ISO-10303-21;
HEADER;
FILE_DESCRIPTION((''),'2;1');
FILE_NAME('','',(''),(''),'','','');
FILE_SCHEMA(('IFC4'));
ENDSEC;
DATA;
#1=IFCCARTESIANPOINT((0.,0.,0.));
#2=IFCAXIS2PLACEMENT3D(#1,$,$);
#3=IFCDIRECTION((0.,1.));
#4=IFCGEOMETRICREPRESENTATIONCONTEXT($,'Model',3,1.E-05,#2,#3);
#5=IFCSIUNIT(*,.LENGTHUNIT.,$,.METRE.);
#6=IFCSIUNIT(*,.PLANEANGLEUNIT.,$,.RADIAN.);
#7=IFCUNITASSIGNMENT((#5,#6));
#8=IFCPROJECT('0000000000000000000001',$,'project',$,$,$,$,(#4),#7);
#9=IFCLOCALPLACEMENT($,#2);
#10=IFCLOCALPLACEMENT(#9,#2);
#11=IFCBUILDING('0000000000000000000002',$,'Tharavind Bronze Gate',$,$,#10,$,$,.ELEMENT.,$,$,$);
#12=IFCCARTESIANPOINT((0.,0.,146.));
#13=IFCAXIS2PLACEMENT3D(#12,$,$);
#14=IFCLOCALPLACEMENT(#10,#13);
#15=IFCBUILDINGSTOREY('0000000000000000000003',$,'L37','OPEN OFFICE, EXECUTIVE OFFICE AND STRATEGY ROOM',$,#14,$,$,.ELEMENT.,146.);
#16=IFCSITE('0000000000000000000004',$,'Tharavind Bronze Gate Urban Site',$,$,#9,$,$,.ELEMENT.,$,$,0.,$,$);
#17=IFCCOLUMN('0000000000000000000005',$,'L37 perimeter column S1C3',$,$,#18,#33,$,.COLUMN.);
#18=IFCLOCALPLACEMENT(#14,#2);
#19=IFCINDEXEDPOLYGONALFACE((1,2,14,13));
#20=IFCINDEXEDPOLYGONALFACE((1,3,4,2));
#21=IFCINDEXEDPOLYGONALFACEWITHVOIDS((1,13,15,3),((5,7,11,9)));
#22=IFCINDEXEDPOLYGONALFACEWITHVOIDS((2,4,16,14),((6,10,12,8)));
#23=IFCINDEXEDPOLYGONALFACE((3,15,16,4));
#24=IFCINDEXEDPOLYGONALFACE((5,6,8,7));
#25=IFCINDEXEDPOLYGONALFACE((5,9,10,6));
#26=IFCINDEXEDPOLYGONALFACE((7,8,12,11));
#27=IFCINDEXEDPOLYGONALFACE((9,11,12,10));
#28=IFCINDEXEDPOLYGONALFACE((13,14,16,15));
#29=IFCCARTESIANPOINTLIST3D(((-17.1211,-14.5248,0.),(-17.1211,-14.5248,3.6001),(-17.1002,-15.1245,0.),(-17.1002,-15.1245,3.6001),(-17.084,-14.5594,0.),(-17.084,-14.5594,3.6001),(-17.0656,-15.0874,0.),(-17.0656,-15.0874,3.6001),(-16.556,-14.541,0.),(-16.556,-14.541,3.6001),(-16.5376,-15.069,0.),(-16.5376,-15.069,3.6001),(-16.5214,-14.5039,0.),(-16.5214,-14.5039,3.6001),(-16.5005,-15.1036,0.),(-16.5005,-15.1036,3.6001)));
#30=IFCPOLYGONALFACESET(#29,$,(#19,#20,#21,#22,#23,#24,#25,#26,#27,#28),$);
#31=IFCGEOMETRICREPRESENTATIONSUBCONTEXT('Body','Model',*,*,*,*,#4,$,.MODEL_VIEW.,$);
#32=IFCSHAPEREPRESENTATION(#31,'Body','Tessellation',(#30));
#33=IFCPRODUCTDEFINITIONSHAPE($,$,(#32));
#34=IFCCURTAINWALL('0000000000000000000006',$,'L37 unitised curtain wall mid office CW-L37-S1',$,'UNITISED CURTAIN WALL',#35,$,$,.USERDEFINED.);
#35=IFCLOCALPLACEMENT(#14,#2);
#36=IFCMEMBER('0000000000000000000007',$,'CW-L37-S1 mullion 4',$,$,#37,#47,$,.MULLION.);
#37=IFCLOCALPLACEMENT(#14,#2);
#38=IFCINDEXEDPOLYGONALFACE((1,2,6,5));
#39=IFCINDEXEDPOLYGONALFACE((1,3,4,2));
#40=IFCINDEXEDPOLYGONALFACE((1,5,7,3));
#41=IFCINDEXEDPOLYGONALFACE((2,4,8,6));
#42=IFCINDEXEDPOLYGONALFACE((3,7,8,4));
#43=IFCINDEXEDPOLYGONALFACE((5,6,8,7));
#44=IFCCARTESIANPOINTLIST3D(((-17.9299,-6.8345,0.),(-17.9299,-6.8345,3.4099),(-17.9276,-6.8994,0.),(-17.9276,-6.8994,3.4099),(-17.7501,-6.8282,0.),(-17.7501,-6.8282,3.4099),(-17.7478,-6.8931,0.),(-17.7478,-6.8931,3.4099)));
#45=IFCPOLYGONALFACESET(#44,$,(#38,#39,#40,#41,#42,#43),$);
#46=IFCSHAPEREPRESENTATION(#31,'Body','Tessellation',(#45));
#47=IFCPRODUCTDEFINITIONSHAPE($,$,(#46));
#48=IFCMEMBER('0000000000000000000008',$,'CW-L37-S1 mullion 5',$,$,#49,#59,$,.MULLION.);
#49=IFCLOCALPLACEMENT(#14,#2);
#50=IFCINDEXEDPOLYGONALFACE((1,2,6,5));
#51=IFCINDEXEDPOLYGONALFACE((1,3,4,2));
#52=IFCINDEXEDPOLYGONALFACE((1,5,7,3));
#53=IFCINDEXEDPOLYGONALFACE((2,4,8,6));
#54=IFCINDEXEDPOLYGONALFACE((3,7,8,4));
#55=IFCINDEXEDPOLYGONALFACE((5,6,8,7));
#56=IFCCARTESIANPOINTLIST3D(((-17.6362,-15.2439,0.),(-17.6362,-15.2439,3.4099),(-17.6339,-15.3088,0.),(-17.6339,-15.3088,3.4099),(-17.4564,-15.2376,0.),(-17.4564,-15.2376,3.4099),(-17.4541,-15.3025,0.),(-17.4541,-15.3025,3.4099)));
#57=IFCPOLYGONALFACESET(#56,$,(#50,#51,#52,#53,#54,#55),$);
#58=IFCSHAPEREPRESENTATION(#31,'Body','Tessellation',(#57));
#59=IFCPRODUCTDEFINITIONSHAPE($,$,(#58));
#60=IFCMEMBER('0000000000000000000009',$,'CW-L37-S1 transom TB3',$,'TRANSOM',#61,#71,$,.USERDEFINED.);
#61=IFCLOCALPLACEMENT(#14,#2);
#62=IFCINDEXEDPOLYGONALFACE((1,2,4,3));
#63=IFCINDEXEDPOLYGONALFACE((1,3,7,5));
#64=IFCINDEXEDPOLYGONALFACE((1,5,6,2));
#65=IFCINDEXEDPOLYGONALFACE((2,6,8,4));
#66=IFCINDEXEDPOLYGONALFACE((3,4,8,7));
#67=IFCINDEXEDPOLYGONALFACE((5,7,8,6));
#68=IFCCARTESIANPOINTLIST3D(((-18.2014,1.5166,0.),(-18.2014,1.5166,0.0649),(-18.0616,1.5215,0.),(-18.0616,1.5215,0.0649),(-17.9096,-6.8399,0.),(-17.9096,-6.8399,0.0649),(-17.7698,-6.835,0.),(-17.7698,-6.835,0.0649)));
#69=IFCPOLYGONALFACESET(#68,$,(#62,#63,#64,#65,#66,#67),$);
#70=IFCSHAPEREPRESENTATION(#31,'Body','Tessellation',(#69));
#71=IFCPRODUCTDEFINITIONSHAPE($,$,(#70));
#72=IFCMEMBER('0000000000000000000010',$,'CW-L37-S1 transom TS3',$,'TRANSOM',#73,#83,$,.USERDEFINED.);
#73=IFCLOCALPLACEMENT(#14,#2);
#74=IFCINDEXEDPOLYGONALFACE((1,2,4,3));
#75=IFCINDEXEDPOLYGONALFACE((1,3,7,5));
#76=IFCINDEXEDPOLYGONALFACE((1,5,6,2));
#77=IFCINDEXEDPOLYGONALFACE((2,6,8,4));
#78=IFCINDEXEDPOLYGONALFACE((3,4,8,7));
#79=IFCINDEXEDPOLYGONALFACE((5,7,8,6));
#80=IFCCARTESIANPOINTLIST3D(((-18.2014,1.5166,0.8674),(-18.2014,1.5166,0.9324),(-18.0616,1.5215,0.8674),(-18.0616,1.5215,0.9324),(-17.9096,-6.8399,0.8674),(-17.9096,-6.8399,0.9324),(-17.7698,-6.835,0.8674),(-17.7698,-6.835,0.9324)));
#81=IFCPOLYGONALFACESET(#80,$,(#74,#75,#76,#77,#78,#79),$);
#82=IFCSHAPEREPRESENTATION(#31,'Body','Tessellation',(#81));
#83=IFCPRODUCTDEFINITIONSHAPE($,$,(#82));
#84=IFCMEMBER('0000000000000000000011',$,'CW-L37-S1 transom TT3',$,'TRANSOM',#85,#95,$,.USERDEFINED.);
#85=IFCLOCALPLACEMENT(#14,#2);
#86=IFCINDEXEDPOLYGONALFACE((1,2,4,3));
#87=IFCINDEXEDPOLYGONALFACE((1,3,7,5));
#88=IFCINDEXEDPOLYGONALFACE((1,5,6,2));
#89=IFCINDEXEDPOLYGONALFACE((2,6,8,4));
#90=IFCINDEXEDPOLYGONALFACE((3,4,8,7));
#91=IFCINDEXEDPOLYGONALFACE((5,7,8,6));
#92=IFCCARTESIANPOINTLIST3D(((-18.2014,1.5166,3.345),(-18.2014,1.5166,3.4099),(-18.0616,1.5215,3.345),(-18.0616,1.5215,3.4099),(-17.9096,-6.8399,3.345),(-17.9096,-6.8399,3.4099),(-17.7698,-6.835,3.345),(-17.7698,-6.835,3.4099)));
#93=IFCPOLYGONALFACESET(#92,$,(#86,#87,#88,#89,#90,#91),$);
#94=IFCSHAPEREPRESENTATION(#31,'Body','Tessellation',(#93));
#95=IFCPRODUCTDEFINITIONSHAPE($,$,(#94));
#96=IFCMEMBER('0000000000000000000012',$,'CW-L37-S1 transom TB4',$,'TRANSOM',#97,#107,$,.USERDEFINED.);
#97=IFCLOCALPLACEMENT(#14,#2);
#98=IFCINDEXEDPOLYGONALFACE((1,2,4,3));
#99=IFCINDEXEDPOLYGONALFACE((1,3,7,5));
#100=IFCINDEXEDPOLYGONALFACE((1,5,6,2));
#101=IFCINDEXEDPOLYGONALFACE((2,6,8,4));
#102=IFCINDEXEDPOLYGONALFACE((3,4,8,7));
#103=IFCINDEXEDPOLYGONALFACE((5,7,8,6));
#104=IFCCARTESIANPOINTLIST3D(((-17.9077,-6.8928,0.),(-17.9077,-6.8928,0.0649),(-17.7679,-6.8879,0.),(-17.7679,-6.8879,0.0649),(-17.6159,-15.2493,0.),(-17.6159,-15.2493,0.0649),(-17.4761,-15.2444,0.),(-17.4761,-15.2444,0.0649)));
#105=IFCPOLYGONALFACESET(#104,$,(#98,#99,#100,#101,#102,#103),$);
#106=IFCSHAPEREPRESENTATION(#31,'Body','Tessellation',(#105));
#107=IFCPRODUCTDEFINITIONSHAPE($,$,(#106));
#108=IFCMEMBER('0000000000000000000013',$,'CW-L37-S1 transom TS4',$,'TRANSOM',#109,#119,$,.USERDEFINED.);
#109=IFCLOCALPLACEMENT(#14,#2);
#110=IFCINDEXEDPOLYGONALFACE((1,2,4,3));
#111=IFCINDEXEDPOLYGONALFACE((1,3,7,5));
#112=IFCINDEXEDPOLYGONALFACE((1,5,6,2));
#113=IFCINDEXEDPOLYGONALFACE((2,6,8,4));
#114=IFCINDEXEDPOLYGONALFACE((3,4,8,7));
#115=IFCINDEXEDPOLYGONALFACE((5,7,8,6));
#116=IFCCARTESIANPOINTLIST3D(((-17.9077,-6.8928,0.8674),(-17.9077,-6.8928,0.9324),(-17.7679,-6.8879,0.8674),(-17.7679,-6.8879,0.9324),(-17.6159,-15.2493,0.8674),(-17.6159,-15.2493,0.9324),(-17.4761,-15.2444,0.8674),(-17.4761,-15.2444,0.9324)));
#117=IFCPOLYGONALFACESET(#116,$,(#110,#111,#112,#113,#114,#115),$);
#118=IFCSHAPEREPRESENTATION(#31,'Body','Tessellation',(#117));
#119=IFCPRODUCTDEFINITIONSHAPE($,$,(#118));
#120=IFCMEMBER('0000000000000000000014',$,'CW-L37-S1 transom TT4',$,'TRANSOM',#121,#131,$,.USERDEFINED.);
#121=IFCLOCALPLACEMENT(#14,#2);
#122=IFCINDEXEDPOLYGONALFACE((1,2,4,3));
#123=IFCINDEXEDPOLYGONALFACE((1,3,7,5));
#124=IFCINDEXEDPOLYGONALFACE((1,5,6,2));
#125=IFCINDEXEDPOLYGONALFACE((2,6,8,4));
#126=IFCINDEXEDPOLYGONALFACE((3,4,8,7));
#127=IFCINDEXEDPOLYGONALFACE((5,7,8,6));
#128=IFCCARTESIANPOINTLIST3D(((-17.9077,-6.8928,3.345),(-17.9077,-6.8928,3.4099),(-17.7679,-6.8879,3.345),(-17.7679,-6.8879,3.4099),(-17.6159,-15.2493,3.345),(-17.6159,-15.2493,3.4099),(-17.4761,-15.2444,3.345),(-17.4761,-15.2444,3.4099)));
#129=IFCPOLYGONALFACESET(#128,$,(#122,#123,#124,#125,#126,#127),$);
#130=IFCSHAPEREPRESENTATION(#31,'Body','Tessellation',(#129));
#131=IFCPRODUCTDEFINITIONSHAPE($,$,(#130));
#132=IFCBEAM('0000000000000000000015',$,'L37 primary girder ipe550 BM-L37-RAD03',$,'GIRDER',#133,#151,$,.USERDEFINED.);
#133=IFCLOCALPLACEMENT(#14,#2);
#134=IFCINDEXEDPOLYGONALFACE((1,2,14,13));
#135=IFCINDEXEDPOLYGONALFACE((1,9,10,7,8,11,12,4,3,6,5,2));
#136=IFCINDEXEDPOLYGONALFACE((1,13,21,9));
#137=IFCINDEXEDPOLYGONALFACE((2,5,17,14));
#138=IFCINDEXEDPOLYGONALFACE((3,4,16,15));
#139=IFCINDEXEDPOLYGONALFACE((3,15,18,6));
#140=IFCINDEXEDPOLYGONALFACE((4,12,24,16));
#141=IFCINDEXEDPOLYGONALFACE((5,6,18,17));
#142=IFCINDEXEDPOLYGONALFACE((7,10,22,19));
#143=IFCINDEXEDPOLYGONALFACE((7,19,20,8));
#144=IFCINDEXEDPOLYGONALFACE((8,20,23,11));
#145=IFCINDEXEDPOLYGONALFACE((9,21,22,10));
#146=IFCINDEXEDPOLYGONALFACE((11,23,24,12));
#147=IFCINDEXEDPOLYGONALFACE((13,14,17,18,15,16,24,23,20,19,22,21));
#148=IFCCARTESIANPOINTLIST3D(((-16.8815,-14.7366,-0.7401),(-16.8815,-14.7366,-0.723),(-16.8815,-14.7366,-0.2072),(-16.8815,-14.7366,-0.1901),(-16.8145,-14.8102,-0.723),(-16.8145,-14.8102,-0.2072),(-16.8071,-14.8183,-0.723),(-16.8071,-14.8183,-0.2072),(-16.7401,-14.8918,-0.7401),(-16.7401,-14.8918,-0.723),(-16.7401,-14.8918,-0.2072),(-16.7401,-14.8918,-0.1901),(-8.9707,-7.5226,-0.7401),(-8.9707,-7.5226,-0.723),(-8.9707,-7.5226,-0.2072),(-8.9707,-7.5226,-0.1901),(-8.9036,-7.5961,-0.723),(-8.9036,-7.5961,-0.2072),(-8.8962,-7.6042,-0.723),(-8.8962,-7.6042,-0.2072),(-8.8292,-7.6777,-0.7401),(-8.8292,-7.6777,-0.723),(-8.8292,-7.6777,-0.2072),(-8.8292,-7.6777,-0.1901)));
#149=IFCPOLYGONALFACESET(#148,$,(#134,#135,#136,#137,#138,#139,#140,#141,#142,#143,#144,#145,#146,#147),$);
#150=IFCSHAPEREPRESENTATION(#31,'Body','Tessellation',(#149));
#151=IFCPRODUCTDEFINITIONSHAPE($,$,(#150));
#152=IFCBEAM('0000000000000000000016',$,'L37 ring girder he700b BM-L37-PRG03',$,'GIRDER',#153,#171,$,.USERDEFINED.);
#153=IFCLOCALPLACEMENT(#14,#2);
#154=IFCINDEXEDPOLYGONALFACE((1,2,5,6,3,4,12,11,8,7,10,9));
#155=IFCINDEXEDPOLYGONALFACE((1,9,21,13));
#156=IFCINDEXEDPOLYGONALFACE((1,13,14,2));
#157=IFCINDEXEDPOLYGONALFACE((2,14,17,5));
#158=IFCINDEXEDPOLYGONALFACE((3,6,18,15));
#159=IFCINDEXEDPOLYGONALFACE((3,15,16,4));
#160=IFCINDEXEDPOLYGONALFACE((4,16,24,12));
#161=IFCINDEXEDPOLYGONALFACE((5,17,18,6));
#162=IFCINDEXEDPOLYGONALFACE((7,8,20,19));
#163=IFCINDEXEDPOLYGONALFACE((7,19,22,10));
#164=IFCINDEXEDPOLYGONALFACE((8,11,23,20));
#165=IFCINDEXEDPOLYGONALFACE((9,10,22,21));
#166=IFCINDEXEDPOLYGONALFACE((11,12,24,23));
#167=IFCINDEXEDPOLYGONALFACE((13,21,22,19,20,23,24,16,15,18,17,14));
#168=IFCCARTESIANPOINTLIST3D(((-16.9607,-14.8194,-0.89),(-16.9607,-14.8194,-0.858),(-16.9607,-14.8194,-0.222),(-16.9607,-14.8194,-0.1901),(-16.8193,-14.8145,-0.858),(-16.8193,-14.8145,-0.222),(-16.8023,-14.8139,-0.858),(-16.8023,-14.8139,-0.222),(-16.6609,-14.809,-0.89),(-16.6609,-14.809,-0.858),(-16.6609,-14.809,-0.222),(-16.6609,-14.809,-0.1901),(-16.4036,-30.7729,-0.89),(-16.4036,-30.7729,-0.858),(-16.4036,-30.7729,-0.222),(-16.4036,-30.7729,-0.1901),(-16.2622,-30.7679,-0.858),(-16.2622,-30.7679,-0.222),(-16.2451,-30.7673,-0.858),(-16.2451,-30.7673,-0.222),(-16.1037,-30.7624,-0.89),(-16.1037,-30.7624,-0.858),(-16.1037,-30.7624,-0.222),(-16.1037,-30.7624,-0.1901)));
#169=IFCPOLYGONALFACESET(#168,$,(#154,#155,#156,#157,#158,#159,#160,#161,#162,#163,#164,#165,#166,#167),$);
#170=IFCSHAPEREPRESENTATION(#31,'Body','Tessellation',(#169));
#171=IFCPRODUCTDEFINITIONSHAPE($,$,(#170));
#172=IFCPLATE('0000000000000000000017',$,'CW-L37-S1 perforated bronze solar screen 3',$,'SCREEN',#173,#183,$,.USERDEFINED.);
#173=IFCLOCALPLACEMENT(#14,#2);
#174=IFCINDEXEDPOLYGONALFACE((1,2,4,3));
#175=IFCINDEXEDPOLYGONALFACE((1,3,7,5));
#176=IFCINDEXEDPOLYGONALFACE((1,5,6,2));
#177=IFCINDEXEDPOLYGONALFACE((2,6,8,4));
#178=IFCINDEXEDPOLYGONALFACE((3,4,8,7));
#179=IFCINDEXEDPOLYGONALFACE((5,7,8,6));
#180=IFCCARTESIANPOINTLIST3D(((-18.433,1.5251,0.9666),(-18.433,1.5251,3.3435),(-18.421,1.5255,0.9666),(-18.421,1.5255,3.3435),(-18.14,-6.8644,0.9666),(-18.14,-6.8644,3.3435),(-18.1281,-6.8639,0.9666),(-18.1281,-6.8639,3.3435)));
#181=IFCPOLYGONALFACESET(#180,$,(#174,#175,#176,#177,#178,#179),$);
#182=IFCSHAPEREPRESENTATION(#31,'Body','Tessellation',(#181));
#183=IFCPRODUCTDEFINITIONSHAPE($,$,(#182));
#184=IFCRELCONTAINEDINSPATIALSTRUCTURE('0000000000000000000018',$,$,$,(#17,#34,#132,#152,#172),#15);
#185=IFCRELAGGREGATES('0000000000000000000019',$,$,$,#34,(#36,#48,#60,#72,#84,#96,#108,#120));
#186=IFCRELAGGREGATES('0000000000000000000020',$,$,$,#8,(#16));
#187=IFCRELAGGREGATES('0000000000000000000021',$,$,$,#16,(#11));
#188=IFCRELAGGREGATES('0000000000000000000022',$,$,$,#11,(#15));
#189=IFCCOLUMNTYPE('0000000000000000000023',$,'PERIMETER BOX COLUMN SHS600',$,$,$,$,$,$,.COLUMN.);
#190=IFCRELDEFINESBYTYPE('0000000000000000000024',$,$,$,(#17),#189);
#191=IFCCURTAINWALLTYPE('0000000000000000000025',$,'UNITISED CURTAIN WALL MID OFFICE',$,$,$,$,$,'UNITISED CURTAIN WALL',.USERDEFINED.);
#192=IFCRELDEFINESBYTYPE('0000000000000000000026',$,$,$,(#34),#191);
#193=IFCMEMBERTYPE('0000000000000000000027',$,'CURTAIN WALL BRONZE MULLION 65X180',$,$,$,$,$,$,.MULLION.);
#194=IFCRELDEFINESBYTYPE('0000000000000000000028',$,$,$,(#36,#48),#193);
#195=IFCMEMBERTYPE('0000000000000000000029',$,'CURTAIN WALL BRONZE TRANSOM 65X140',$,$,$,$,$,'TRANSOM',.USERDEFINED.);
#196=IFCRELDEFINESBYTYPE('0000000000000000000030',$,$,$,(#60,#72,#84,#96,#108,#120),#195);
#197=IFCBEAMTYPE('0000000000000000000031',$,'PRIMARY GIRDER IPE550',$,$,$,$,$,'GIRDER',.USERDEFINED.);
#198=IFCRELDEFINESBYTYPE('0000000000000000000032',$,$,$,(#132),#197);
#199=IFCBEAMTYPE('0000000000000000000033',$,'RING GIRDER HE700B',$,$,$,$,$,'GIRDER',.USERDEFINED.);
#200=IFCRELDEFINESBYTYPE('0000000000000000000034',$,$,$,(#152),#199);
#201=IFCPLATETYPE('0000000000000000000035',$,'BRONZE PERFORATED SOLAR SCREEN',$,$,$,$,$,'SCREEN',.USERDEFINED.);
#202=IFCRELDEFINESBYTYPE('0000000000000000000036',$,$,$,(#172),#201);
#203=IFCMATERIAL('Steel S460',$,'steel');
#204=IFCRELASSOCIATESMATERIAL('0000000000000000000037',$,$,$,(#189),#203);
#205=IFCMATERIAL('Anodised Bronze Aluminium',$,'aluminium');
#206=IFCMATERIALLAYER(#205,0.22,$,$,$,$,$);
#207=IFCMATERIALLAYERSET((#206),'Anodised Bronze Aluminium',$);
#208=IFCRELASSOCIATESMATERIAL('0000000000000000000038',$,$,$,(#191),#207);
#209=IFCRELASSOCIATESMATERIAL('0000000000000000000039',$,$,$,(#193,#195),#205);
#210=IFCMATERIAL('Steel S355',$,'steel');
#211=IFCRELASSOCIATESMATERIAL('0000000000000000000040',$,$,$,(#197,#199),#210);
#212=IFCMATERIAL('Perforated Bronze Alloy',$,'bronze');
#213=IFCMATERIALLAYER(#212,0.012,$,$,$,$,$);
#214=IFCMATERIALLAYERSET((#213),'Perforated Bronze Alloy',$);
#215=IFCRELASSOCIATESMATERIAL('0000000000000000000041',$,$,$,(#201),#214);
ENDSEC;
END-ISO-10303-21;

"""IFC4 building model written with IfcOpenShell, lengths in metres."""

from ifc_helpers import new_model, si_unit, direction, frame, origin, origin_2d, place, context, subcontext, project, spatial, rectangle, hollow_rectangle, i_section, extrude, material, layer, layer_set, material_profile, profile_set, type_object, element, aggregate, save


model = new_model("IFC4")

# Units and contexts
model_context = context("Model", 3, precision=1e-05, world=origin(), true_north=direction((0.0, 1.0)))
body_context = subcontext(model_context, "Body", "Model", "MODEL_VIEW")
ifc_project = project(units=[si_unit("LENGTHUNIT", "METRE"), si_unit("PLANEANGLEUNIT", "RADIAN")], contexts=[model_context])

# Site, building, storey
site_placement = place(None, origin())
site = spatial("IfcSite", under=ifc_project, at=site_placement, Name="Tharavind Bronze Gate Urban Site", CompositionType="ELEMENT", RefElevation=0.0)
building_placement = place(site_placement, origin())
building = spatial("IfcBuilding", under=site, at=building_placement, Name="Tharavind Bronze Gate", CompositionType="ELEMENT")
storey_placement = place(building_placement, frame((0.0, 0.0, 146.0)))
storey = spatial("IfcBuildingStorey", under=building, at=storey_placement, Name="L37", Description="OPEN OFFICE, EXECUTIVE OFFICE AND STRATEGY ROOM", CompositionType="ELEMENT", Elevation=146.0)

# Column
ifc_material_1 = material(Name="Steel S460", Category="steel")
ifc_material_profile_1 = material_profile(ifc_material_1, hollow_rectangle(XDim=0.6001, YDim=0.6001, WallThickness=0.0359, at=origin_2d()), Name="SHS600X36")
ifc_profile_set_1 = profile_set([ifc_material_profile_1], Name="Steel S460")
column_type = type_object("IfcColumnType", Name="PERIMETER BOX COLUMN SHS600", PredefinedType="COLUMN", material=ifc_profile_set_1)
column_placement = place(storey_placement, frame((-16.8108, -14.8142, 0.0), z_axis=(0.0, 0.0, 1.0), x_axis=(-0.034899, 0.999391, 0.0)))
element("IfcColumn", 1, at=column_placement, inside=storey, type_object=column_type, Name="L37 perimeter column S1C3", PredefinedType="COLUMN", context=body_context, shape_type="SweptSolid", body=[
    extrude(hollow_rectangle(XDim=0.6001, YDim=0.6001, WallThickness=0.0359, at=origin_2d()), origin(), (0.0, 0.0, 1.0), 3.6001),
])

# Curtain wall, members
ifc_material_2 = material(Name="Anodised Bronze Aluminium", Category="aluminium")
ifc_layer_1 = layer(ifc_material_2, 0.22)
ifc_layer_set_1 = layer_set([ifc_layer_1], Name="Anodised Bronze Aluminium")
curtain_wall_type = type_object("IfcCurtainWallType", Name="UNITISED CURTAIN WALL MID OFFICE", ElementType="UNITISED CURTAIN WALL", PredefinedType="USERDEFINED", material=ifc_layer_set_1)
curtain_wall_placement = place(storey_placement, origin())
curtain_wall = element("IfcCurtainWall", 2, at=curtain_wall_placement, inside=storey, type_object=curtain_wall_type, Name="L37 unitised curtain wall mid office CW-L37-S1", ObjectType="UNITISED CURTAIN WALL", PredefinedType="USERDEFINED")
member_type_1 = type_object("IfcMemberType", Name="CURTAIN WALL BRONZE MULLION 65X180", PredefinedType="MULLION", material=ifc_material_2)
member_1_placement = place(storey_placement, frame((-17.8389, -6.8638, 0.0), z_axis=(0.0, 0.0, 1.0), x_axis=(0.034899, -0.999391, 0.0)))
member_1 = element("IfcMember", 3, at=member_1_placement, type_object=member_type_1, Name="CW-L37-S1 mullion 4", PredefinedType="MULLION", context=body_context, shape_type="SweptSolid", body=[
    extrude(rectangle(XDim=0.0649, YDim=0.1799, at=origin_2d()), origin(), (0.0, 0.0, 1.0), 3.4099),
])
member_2_placement = place(storey_placement, frame((-17.5452, -15.2732, 0.0), z_axis=(0.0, 0.0, 1.0), x_axis=(0.034899, -0.999391, 0.0)))
member_2 = element("IfcMember", 4, at=member_2_placement, type_object=member_type_1, Name="CW-L37-S1 mullion 5", PredefinedType="MULLION", context=body_context, shape_type="SweptSolid", body=[
    extrude(rectangle(XDim=0.0649, YDim=0.1799, at=origin_2d()), origin(), (0.0, 0.0, 1.0), 3.4099),
])
member_type_2 = type_object("IfcMemberType", Name="CURTAIN WALL BRONZE TRANSOM 65X140", ElementType="TRANSOM", PredefinedType="USERDEFINED", material=ifc_material_2)
member_3_placement = place(storey_placement, frame((-17.9856, -2.6592, 0.0), z_axis=(0.0, 0.0, 1.0), x_axis=(0.034899, -0.999391, 0.0)))
member_3 = element("IfcMember", 5, at=member_3_placement, type_object=member_type_2, Name="CW-L37-S1 transom TB3", ObjectType="TRANSOM", PredefinedType="USERDEFINED", context=body_context, shape_type="SweptSolid", body=[
    extrude(rectangle(XDim=8.3616, YDim=0.1399, at=origin_2d()), origin(), (0.0, 0.0, 1.0), 0.0649),
])
member_4_placement = place(storey_placement, frame((-17.9856, -2.6592, 0.8674), z_axis=(0.0, 0.0, 1.0), x_axis=(0.034899, -0.999391, 0.0)))
member_4 = element("IfcMember", 6, at=member_4_placement, type_object=member_type_2, Name="CW-L37-S1 transom TS3", ObjectType="TRANSOM", PredefinedType="USERDEFINED", context=body_context, shape_type="SweptSolid", body=[
    extrude(rectangle(XDim=8.3616, YDim=0.1399, at=origin_2d()), origin(), (0.0, 0.0, 1.0), 0.0649),
])
member_5_placement = place(storey_placement, frame((-17.9856, -2.6592, 3.345), z_axis=(0.0, 0.0, 1.0), x_axis=(0.034899, -0.999391, 0.0)))
member_5 = element("IfcMember", 7, at=member_5_placement, type_object=member_type_2, Name="CW-L37-S1 transom TT3", ObjectType="TRANSOM", PredefinedType="USERDEFINED", context=body_context, shape_type="SweptSolid", body=[
    extrude(rectangle(XDim=8.3616, YDim=0.1399, at=origin_2d()), origin(), (0.0, 0.0, 1.0), 0.0649),
])
member_6_placement = place(storey_placement, frame((-17.6919, -11.0686, 0.0), z_axis=(0.0, 0.0, 1.0), x_axis=(0.034899, -0.999391, 0.0)))
member_6 = element("IfcMember", 8, at=member_6_placement, type_object=member_type_2, Name="CW-L37-S1 transom TB4", ObjectType="TRANSOM", PredefinedType="USERDEFINED", context=body_context, shape_type="SweptSolid", body=[
    extrude(rectangle(XDim=8.3616, YDim=0.1399, at=origin_2d()), origin(), (0.0, 0.0, 1.0), 0.0649),
])
member_7_placement = place(storey_placement, frame((-17.6919, -11.0686, 0.8674), z_axis=(0.0, 0.0, 1.0), x_axis=(0.034899, -0.999391, 0.0)))
member_7 = element("IfcMember", 9, at=member_7_placement, type_object=member_type_2, Name="CW-L37-S1 transom TS4", ObjectType="TRANSOM", PredefinedType="USERDEFINED", context=body_context, shape_type="SweptSolid", body=[
    extrude(rectangle(XDim=8.3616, YDim=0.1399, at=origin_2d()), origin(), (0.0, 0.0, 1.0), 0.0649),
])
member_8_placement = place(storey_placement, frame((-17.6919, -11.0686, 3.345), z_axis=(0.0, 0.0, 1.0), x_axis=(0.034899, -0.999391, 0.0)))
member_8 = element("IfcMember", 10, at=member_8_placement, type_object=member_type_2, Name="CW-L37-S1 transom TT4", ObjectType="TRANSOM", PredefinedType="USERDEFINED", context=body_context, shape_type="SweptSolid", body=[
    extrude(rectangle(XDim=8.3616, YDim=0.1399, at=origin_2d()), origin(), (0.0, 0.0, 1.0), 0.0649),
])

# Beams
ifc_material_3 = material(Name="Steel S355", Category="steel")
ifc_material_profile_2 = material_profile(ifc_material_3, i_section(OverallWidth=0.21, OverallDepth=0.55, WebThickness=0.011, FlangeThickness=0.0171, at=origin_2d()), Name="IPE550")
ifc_profile_set_2 = profile_set([ifc_material_profile_2], Name="Steel S355")
beam_type_1 = type_object("IfcBeamType", Name="PRIMARY GIRDER IPE550", ElementType="GIRDER", PredefinedType="USERDEFINED", material=ifc_profile_set_2)
beam_1_placement = place(storey_placement, frame((-16.8108, -14.8142, -0.4651), z_axis=(0.738898, 0.673817, 0.0), x_axis=(-0.673817, 0.738898, 0.0)))
element("IfcBeam", 11, at=beam_1_placement, inside=storey, type_object=beam_type_1, Name="L37 primary girder ipe550 BM-L37-RAD03", ObjectType="GIRDER", PredefinedType="USERDEFINED", context=body_context, shape_type="SweptSolid", body=[
    extrude(i_section(OverallWidth=0.21, OverallDepth=0.55, WebThickness=0.011, FlangeThickness=0.0171, at=origin_2d()), origin(), (0.0, 0.0, 1.0), 10.7063),
])
ifc_material_profile_3 = material_profile(ifc_material_3, i_section(OverallWidth=0.3, OverallDepth=0.7, WebThickness=0.0171, FlangeThickness=0.032, at=origin_2d()), Name="HE700B")
ifc_profile_set_3 = profile_set([ifc_material_profile_3], Name="Steel S355")
beam_type_2 = type_object("IfcBeamType", Name="RING GIRDER HE700B", ElementType="GIRDER", PredefinedType="USERDEFINED", material=ifc_profile_set_3)
beam_2_placement = place(storey_placement, frame((-16.8108, -14.8142, -0.54), z_axis=(0.034901, -0.999391, 0.0), x_axis=(0.999391, 0.034901, 0.0)))
element("IfcBeam", 12, at=beam_2_placement, inside=storey, type_object=beam_type_2, Name="L37 ring girder he700b BM-L37-PRG03", ObjectType="GIRDER", PredefinedType="USERDEFINED", context=body_context, shape_type="SweptSolid", body=[
    extrude(i_section(OverallWidth=0.3, OverallDepth=0.7, WebThickness=0.0171, FlangeThickness=0.032, at=origin_2d()), origin(), (0.0, 0.0, 1.0), 15.9631),
])

# Plate
ifc_material_4 = material(Name="Perforated Bronze Alloy", Category="bronze")
ifc_layer_2 = layer(ifc_material_4, 0.012)
ifc_layer_set_2 = layer_set([ifc_layer_2], Name="Perforated Bronze Alloy")
plate_type_1 = type_object("IfcPlateType", Name="BRONZE PERFORATED SOLAR SCREEN", ElementType="SCREEN", PredefinedType="USERDEFINED", material=ifc_layer_set_2)
plate_1_placement = place(storey_placement, frame((-18.2805, -2.6694, 0.9666), z_axis=(0.0, 0.0, 1.0), x_axis=(0.034899, -0.999391, 0.0)))
element("IfcPlate", 13, at=plate_1_placement, inside=storey, type_object=plate_type_1, Name="CW-L37-S1 perforated bronze solar screen 3", ObjectType="SCREEN", PredefinedType="USERDEFINED", context=body_context, shape_type="SweptSolid", body=[
    extrude(rectangle(XDim=8.3945, YDim=0.012, at=origin_2d()), origin(), (0.0, 0.0, 1.0), 2.377),
])
aggregate(curtain_wall, [member_1, member_2, member_3, member_4, member_5, member_6, member_7, member_8])

save(model, "model.ifc")
